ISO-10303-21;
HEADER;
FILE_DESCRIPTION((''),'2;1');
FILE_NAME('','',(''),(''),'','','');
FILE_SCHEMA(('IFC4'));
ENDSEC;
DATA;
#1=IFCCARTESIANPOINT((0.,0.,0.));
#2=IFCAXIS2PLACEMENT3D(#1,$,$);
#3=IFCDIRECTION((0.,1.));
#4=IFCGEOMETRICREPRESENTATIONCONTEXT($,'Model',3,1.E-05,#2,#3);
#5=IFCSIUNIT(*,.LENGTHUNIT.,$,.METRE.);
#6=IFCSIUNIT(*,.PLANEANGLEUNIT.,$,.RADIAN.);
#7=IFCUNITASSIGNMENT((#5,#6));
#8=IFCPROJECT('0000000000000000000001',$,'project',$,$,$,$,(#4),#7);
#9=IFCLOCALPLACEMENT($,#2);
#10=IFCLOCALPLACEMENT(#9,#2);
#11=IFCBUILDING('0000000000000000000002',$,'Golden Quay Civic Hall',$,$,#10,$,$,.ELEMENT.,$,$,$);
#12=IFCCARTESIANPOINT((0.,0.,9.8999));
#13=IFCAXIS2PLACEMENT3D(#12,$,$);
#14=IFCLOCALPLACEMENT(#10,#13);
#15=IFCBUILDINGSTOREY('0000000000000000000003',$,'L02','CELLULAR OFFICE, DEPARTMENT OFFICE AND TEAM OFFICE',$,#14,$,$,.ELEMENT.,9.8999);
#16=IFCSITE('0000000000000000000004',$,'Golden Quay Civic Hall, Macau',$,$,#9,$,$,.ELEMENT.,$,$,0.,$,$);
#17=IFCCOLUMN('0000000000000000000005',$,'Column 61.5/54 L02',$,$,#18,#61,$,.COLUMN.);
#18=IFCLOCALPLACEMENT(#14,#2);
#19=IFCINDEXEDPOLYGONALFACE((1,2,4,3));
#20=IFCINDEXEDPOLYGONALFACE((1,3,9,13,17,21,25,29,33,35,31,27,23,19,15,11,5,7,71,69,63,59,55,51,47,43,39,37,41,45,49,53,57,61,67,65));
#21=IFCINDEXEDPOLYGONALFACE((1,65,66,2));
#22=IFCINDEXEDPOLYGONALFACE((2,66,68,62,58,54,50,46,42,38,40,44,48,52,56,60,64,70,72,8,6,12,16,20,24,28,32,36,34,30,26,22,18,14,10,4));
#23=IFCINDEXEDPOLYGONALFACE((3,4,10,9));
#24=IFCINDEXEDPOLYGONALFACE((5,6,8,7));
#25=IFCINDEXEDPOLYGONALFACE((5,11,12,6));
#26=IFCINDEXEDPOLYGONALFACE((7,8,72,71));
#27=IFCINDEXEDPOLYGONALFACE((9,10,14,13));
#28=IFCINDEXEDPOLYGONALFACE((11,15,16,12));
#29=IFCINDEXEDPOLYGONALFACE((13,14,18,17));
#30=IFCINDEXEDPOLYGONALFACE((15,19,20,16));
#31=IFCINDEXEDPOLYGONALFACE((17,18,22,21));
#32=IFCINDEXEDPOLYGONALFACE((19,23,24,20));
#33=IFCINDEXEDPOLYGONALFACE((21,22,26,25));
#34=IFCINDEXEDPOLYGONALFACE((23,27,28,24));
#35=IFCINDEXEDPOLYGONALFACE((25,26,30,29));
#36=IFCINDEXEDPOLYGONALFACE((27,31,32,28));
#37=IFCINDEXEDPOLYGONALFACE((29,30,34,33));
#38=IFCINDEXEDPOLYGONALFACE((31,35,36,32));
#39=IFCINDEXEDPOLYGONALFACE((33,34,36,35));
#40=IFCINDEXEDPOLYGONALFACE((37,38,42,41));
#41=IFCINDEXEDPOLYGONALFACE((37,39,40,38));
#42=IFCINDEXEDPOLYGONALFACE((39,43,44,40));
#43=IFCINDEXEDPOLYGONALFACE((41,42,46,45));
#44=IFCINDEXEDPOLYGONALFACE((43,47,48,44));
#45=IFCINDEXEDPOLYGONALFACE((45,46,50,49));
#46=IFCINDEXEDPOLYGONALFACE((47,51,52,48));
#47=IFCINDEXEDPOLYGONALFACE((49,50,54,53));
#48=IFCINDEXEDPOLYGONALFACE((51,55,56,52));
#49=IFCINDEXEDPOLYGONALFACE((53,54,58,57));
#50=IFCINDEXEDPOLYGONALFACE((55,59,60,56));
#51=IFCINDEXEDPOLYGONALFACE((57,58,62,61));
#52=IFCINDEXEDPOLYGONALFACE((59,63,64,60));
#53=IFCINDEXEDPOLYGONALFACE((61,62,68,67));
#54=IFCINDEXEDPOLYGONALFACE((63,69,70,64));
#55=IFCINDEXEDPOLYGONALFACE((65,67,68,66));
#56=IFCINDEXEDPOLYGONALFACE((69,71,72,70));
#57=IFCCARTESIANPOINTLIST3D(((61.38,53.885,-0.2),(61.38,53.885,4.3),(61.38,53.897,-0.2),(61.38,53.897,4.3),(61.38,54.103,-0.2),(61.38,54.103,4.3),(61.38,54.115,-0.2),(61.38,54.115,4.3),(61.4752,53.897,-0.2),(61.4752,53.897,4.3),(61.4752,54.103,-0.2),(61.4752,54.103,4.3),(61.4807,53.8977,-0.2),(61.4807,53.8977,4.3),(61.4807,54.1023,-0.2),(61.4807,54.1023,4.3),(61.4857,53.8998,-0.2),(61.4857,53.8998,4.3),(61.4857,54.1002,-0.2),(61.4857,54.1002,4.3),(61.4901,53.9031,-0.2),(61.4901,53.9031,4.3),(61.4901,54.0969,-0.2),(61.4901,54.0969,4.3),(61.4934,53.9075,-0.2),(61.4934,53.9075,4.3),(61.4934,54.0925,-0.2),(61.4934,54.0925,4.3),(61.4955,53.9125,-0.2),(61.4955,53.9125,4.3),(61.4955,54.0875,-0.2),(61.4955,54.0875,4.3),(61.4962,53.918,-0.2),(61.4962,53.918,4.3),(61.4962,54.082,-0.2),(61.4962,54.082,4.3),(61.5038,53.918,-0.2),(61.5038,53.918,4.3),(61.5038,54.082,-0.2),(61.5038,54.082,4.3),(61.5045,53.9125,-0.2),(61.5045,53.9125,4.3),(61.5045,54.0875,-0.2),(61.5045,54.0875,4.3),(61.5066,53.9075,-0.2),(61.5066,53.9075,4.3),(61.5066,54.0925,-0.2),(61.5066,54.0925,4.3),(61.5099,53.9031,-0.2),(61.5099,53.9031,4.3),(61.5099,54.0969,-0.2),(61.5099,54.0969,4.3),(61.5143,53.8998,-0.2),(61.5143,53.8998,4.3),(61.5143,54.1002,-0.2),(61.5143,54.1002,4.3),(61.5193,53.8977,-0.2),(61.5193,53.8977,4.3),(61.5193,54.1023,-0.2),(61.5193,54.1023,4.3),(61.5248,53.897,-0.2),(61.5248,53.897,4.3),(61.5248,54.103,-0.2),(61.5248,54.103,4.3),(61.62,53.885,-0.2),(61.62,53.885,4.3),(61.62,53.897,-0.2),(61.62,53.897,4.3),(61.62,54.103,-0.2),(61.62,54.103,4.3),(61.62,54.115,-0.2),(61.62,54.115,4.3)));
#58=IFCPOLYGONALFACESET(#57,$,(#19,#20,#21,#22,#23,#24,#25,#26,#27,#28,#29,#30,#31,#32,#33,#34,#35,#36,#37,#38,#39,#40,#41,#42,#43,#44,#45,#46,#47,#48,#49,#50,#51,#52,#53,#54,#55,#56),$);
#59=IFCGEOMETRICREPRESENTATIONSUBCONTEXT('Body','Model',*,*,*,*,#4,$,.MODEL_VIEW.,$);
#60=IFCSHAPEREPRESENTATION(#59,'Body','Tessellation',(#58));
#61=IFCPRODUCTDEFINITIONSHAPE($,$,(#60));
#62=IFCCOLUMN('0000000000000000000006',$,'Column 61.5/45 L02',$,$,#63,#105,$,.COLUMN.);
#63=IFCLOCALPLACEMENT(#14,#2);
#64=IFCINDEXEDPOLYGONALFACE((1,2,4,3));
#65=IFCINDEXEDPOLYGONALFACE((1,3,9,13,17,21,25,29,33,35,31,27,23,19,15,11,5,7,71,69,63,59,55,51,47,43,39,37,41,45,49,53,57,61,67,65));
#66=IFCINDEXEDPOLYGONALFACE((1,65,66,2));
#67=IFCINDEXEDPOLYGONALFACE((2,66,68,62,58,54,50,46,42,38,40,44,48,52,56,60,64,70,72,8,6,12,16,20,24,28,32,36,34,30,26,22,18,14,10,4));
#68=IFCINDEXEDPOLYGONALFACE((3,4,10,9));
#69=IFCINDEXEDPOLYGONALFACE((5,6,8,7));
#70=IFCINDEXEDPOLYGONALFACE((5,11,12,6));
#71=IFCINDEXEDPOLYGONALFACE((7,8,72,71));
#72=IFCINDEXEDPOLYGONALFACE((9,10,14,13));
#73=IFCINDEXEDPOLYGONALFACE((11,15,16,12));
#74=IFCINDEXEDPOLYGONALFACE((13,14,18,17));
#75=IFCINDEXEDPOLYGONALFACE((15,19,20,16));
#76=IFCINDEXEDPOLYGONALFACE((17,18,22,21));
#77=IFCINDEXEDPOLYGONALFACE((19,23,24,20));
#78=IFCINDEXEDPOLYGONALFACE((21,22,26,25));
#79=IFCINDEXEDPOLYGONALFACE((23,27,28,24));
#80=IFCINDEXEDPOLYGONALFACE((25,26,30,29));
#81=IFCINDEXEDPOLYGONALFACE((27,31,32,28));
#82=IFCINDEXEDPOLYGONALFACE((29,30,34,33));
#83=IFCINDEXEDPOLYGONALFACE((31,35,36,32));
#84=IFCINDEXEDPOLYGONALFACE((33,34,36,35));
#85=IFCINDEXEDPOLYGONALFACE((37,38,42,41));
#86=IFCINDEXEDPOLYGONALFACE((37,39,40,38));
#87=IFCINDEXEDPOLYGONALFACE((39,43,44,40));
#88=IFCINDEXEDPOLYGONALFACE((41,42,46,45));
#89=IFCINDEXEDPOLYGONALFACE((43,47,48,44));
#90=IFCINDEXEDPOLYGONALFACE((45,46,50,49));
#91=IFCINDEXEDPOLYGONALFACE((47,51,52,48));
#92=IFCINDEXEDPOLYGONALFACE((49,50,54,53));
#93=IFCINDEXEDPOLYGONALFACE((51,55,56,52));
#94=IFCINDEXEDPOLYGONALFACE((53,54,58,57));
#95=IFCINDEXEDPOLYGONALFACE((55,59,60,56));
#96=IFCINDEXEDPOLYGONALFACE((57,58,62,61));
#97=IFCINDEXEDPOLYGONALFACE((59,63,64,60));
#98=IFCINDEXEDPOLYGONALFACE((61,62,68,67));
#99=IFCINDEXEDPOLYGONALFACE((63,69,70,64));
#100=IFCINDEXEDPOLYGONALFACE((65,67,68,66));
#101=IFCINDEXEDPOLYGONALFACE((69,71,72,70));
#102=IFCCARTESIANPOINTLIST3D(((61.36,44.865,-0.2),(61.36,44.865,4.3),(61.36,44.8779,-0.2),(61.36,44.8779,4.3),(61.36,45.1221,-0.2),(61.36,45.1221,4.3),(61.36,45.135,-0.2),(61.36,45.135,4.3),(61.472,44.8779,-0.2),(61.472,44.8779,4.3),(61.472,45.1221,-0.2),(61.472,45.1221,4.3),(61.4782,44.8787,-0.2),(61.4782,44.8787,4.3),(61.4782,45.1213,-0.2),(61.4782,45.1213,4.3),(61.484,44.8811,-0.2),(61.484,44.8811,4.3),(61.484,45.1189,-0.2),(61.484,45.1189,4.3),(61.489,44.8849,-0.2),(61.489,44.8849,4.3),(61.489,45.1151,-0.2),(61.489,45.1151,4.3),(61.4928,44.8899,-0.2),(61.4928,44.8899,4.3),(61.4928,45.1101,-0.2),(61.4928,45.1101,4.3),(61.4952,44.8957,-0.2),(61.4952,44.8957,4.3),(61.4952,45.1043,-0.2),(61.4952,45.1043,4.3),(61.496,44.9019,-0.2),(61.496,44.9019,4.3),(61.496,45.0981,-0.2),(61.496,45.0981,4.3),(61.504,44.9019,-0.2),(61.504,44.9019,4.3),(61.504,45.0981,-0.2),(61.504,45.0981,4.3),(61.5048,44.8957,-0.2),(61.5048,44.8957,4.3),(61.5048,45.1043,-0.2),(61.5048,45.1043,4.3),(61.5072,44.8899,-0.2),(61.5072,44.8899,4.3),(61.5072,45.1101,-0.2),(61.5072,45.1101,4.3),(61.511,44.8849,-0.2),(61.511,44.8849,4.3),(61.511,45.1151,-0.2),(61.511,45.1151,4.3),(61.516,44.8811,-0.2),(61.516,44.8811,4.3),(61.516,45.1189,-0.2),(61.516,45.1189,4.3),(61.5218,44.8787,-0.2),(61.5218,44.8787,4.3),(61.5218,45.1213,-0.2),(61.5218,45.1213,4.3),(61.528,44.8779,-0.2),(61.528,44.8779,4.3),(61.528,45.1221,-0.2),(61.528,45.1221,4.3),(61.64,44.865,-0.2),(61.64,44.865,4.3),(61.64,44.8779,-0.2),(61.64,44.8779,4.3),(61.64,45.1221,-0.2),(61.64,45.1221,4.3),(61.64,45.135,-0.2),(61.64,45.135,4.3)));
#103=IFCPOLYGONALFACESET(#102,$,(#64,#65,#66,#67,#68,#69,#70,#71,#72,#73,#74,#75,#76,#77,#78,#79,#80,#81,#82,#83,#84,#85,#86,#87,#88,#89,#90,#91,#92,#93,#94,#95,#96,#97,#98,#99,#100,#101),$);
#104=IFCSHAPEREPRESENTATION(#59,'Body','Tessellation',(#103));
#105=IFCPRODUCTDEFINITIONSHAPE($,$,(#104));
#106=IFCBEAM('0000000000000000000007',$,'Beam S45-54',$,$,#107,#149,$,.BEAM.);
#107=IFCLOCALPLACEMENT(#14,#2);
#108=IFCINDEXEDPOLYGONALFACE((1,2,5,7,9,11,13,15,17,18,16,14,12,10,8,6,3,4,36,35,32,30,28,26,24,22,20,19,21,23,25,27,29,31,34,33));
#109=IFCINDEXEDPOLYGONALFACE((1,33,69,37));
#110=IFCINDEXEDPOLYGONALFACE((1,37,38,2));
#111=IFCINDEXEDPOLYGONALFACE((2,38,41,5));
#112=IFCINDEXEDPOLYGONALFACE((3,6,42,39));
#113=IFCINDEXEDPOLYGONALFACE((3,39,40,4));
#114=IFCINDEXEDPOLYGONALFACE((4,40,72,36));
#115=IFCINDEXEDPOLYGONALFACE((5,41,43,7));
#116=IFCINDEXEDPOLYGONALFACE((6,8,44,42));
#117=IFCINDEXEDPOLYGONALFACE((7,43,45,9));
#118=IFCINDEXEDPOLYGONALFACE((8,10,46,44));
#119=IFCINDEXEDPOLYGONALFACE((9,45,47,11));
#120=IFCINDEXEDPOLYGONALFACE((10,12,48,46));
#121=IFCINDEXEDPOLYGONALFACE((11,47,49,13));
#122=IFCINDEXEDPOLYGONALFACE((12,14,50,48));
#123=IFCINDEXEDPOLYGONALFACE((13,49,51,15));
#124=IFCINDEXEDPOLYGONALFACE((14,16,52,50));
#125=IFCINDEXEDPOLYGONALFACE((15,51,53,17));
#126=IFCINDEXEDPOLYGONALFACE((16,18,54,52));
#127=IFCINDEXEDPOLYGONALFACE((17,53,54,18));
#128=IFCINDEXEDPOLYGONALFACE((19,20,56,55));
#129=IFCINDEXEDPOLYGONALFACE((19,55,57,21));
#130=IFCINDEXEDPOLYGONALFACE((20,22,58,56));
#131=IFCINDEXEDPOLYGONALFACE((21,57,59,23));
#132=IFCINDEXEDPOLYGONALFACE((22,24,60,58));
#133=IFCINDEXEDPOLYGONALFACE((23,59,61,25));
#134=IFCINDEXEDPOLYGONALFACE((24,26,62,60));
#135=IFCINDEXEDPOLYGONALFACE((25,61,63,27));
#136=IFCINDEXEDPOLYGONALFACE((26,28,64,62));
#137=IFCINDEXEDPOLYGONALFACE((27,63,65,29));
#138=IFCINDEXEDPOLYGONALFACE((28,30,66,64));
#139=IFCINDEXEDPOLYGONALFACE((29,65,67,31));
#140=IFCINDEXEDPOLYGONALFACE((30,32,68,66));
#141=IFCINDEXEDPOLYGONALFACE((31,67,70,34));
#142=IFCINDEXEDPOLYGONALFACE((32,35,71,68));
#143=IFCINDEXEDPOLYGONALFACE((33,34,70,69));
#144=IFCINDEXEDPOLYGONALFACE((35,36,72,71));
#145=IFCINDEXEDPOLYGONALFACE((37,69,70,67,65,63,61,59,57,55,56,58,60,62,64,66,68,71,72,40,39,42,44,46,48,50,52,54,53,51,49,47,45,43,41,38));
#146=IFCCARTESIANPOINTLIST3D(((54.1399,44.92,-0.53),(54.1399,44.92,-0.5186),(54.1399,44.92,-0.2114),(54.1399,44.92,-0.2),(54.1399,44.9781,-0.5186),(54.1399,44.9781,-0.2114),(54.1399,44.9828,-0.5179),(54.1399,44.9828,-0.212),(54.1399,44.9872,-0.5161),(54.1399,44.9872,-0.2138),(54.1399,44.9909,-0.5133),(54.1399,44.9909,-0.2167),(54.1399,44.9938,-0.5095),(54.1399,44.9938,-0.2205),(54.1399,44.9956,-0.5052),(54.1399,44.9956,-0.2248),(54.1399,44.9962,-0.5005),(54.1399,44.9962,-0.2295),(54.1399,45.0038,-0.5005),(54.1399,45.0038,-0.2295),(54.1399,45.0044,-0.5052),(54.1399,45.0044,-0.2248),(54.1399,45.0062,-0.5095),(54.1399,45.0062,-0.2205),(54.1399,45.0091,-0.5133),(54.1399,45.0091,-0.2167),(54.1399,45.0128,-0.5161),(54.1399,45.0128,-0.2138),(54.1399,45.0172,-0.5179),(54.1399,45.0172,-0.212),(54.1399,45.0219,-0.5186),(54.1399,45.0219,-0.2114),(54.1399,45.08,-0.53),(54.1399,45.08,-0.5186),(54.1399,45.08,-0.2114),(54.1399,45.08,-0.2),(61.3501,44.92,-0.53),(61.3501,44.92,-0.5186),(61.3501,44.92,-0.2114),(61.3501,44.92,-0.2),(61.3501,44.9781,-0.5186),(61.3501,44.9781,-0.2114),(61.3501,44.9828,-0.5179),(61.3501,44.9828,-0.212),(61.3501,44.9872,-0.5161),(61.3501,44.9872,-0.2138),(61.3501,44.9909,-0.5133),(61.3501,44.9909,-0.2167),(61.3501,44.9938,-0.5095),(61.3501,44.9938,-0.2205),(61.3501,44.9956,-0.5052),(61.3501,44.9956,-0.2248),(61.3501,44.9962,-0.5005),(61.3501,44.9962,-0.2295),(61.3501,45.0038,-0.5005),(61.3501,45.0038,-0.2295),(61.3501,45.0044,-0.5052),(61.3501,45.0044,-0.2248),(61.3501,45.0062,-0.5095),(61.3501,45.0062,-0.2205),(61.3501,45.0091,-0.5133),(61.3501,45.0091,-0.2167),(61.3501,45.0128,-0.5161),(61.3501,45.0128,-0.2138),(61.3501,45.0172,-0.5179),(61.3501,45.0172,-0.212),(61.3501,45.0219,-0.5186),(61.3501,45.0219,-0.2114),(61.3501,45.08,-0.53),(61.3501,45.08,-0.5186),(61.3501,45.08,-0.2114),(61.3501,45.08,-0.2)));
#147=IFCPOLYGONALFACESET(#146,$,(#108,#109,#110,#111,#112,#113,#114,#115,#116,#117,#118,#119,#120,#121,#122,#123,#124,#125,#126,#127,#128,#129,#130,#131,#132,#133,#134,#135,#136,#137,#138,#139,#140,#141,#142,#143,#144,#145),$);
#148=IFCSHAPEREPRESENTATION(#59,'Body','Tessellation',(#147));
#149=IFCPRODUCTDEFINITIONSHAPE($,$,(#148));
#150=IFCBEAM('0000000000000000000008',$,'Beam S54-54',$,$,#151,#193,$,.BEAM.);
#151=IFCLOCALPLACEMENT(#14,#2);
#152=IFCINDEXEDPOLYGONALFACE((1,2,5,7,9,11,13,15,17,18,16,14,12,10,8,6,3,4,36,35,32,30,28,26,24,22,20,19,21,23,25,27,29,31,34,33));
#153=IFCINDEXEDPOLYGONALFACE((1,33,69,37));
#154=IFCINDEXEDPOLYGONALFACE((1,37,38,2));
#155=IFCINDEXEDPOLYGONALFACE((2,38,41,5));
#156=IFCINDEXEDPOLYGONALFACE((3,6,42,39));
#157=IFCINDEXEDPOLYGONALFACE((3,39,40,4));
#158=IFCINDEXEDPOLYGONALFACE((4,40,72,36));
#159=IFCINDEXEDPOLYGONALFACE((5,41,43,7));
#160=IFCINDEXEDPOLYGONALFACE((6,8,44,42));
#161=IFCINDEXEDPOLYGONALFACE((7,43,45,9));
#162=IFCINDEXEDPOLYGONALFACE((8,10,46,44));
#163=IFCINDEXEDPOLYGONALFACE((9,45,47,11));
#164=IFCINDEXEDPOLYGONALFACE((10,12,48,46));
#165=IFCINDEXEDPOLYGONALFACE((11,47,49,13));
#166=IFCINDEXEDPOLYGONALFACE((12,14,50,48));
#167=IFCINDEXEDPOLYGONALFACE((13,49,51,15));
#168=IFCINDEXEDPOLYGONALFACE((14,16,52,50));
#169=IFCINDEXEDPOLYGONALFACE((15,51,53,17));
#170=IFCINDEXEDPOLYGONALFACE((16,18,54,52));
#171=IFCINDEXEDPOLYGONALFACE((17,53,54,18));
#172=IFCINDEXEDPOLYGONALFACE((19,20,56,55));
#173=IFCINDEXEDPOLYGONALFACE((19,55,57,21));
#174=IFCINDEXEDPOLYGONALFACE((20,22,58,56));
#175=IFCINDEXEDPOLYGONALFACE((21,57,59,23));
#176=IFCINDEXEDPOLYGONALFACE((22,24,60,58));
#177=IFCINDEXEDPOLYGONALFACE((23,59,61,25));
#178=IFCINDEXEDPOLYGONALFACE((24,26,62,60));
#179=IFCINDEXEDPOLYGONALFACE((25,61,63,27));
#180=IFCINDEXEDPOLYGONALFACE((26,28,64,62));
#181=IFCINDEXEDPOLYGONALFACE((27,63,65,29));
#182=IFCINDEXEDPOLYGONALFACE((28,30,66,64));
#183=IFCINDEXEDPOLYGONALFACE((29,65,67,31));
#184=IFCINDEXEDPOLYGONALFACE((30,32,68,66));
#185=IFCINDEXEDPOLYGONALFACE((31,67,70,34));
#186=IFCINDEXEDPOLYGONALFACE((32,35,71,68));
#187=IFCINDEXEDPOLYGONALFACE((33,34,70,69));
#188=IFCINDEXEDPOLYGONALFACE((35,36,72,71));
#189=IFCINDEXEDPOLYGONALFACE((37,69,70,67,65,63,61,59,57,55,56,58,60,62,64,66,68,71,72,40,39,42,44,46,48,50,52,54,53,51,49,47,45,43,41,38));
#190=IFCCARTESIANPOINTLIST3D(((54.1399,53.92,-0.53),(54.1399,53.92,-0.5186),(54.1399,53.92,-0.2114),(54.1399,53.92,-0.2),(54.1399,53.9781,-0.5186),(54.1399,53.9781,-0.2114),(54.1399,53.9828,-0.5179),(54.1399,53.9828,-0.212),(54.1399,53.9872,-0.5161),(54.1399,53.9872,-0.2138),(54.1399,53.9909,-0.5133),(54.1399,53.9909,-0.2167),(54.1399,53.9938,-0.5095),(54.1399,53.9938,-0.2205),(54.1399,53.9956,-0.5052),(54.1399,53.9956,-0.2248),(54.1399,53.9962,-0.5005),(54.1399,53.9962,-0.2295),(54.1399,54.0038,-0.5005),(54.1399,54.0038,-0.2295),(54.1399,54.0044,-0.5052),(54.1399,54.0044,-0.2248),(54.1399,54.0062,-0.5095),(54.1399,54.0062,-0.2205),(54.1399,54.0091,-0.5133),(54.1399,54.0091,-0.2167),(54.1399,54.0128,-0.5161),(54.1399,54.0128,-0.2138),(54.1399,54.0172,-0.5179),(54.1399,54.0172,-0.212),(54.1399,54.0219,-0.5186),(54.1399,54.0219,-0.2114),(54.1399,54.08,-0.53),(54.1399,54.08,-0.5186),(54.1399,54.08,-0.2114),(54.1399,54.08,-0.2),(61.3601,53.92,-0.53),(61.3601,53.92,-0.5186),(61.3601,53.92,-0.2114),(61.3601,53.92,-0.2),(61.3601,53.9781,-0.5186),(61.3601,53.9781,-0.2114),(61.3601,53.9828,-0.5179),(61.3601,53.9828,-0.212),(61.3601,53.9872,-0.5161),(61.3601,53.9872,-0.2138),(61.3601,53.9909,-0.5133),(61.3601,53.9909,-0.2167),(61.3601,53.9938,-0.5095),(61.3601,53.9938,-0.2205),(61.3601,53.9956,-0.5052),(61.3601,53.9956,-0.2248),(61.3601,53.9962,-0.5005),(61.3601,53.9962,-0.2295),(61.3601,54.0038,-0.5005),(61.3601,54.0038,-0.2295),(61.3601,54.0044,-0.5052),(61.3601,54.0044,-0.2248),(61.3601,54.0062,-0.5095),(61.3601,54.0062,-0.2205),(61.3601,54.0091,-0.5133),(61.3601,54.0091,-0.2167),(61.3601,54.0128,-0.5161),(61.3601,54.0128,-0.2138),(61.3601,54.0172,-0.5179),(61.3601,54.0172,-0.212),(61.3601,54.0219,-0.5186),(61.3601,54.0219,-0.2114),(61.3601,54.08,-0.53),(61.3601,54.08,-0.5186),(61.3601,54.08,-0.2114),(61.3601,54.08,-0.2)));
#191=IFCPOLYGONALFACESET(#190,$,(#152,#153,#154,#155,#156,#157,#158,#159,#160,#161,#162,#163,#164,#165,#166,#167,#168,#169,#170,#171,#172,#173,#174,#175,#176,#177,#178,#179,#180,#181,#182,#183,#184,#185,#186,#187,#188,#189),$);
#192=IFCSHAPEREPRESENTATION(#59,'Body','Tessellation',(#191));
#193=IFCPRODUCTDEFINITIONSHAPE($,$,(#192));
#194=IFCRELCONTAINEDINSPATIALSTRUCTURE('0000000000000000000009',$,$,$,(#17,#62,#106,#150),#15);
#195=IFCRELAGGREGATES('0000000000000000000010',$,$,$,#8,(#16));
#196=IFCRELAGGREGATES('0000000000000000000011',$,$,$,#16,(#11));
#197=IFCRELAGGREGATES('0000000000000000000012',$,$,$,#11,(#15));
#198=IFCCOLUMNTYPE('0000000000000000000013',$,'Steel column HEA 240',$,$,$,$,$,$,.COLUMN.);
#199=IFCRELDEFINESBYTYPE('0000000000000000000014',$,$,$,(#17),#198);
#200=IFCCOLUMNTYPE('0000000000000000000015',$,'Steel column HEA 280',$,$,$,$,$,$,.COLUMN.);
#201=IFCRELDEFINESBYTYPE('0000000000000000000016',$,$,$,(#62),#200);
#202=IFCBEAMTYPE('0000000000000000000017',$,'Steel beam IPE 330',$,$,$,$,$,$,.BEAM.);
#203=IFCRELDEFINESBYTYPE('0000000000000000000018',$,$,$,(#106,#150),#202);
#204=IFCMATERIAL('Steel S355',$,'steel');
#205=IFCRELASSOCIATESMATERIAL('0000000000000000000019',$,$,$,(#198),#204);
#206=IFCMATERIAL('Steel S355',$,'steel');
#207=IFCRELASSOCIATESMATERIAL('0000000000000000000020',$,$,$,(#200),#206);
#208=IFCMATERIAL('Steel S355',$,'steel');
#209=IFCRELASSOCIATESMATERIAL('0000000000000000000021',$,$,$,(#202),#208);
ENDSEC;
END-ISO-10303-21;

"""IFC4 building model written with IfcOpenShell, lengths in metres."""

from ifc_helpers import new_model, si_unit, direction, frame, origin, origin_2d, place, context, subcontext, project, spatial, i_section, extrude, material, material_profile, profile_set, type_object, element, save


model = new_model("IFC4")

# Units and contexts
model_context = context("Model", 3, precision=1e-05, world=origin(), true_north=direction((0.0, 1.0)))
body_context = subcontext(model_context, "Body", "Model", "MODEL_VIEW")
ifc_project = project(units=[si_unit("LENGTHUNIT", "METRE"), si_unit("PLANEANGLEUNIT", "RADIAN")], contexts=[model_context])

# Site, building, storey
site_placement = place(None, origin())
site = spatial("IfcSite", under=ifc_project, at=site_placement, Name="Golden Quay Civic Hall, Macau", CompositionType="ELEMENT", RefElevation=0.0)
building_placement = place(site_placement, origin())
building = spatial("IfcBuilding", under=site, at=building_placement, Name="Golden Quay Civic Hall", CompositionType="ELEMENT")
storey_placement = place(building_placement, frame((0.0, 0.0, 9.8999)))
storey = spatial("IfcBuildingStorey", under=building, at=storey_placement, Name="L02", Description="CELLULAR OFFICE, DEPARTMENT OFFICE AND TEAM OFFICE", CompositionType="ELEMENT", Elevation=9.8999)

# Columns
ifc_material_1 = material(Name="Steel S355", Category="steel")
ifc_material_profile_1 = material_profile(ifc_material_1, i_section(OverallWidth=0.24, OverallDepth=0.23, WebThickness=0.0076, FlangeThickness=0.012, FilletRadius=0.021, at=origin_2d()), Name="HEA 240")
ifc_profile_set_1 = profile_set([ifc_material_profile_1], Name="Steel S355")
column_type_1 = type_object("IfcColumnType", Name="Steel column HEA 240", PredefinedType="COLUMN", material=ifc_profile_set_1)
column_1_placement = place(storey_placement, frame((61.5, 54.0, -0.2), z_axis=(0.0, 0.0, 1.0), x_axis=(1.0, 0.0, 0.0)))
element("IfcColumn", 1, at=column_1_placement, inside=storey, type_object=column_type_1, Name="Column 61.5/54 L02", PredefinedType="COLUMN", context=body_context, shape_type="SweptSolid", body=[
    extrude(i_section(OverallWidth=0.24, OverallDepth=0.23, WebThickness=0.0076, FlangeThickness=0.012, FilletRadius=0.021, at=origin_2d()), origin(), (0.0, 0.0, 1.0), 4.5),
])
ifc_material_2 = material(Name="Steel S355", Category="steel")
ifc_material_profile_2 = material_profile(ifc_material_2, i_section(OverallWidth=0.28, OverallDepth=0.27, WebThickness=0.0081, FlangeThickness=0.0129, FilletRadius=0.0239, at=origin_2d()), Name="HEA 280")
ifc_profile_set_2 = profile_set([ifc_material_profile_2], Name="Steel S355")
column_type_2 = type_object("IfcColumnType", Name="Steel column HEA 280", PredefinedType="COLUMN", material=ifc_profile_set_2)
column_2_placement = place(storey_placement, frame((61.5, 45.0, -0.2), z_axis=(0.0, 0.0, 1.0), x_axis=(1.0, 0.0, 0.0)))
element("IfcColumn", 2, at=column_2_placement, inside=storey, type_object=column_type_2, Name="Column 61.5/45 L02", PredefinedType="COLUMN", context=body_context, shape_type="SweptSolid", body=[
    extrude(i_section(OverallWidth=0.28, OverallDepth=0.27, WebThickness=0.0081, FlangeThickness=0.0129, FilletRadius=0.0239, at=origin_2d()), origin(), (0.0, 0.0, 1.0), 4.5),
])

# Beams
ifc_material_3 = material(Name="Steel S355", Category="steel")
ifc_material_profile_3 = material_profile(ifc_material_3, i_section(OverallWidth=0.1599, OverallDepth=0.3301, WebThickness=0.0076, FlangeThickness=0.0115, FilletRadius=0.0181, at=origin_2d()), Name="IPE 330")
ifc_profile_set_3 = profile_set([ifc_material_profile_3], Name="Steel S355")
beam_type_1 = type_object("IfcBeamType", Name="Steel beam IPE 330", PredefinedType="BEAM", material=ifc_profile_set_3)
beam_1_placement = place(storey_placement, frame((54.1399, 45.0, -0.365), z_axis=(1.0, 0.0, 0.0), x_axis=(0.0, 1.0, 0.0)))
element("IfcBeam", 3, at=beam_1_placement, inside=storey, type_object=beam_type_1, Name="Beam S45-54", PredefinedType="BEAM", context=body_context, shape_type="SweptSolid", body=[
    extrude(i_section(OverallWidth=0.1599, OverallDepth=0.3301, WebThickness=0.0076, FlangeThickness=0.0115, FilletRadius=0.0181, at=origin_2d()), origin(), (0.0, 0.0, 1.0), 7.2102),
])
beam_2_placement = place(storey_placement, frame((54.1399, 54.0, -0.365), z_axis=(1.0, 0.0, 0.0), x_axis=(0.0, 1.0, 0.0)))
element("IfcBeam", 4, at=beam_2_placement, inside=storey, type_object=beam_type_1, Name="Beam S54-54", PredefinedType="BEAM", context=body_context, shape_type="SweptSolid", body=[
    extrude(i_section(OverallWidth=0.1599, OverallDepth=0.3301, WebThickness=0.0076, FlangeThickness=0.0115, FilletRadius=0.0181, at=origin_2d()), origin(), (0.0, 0.0, 1.0), 7.2202),
])

save(model, "model.ifc")
